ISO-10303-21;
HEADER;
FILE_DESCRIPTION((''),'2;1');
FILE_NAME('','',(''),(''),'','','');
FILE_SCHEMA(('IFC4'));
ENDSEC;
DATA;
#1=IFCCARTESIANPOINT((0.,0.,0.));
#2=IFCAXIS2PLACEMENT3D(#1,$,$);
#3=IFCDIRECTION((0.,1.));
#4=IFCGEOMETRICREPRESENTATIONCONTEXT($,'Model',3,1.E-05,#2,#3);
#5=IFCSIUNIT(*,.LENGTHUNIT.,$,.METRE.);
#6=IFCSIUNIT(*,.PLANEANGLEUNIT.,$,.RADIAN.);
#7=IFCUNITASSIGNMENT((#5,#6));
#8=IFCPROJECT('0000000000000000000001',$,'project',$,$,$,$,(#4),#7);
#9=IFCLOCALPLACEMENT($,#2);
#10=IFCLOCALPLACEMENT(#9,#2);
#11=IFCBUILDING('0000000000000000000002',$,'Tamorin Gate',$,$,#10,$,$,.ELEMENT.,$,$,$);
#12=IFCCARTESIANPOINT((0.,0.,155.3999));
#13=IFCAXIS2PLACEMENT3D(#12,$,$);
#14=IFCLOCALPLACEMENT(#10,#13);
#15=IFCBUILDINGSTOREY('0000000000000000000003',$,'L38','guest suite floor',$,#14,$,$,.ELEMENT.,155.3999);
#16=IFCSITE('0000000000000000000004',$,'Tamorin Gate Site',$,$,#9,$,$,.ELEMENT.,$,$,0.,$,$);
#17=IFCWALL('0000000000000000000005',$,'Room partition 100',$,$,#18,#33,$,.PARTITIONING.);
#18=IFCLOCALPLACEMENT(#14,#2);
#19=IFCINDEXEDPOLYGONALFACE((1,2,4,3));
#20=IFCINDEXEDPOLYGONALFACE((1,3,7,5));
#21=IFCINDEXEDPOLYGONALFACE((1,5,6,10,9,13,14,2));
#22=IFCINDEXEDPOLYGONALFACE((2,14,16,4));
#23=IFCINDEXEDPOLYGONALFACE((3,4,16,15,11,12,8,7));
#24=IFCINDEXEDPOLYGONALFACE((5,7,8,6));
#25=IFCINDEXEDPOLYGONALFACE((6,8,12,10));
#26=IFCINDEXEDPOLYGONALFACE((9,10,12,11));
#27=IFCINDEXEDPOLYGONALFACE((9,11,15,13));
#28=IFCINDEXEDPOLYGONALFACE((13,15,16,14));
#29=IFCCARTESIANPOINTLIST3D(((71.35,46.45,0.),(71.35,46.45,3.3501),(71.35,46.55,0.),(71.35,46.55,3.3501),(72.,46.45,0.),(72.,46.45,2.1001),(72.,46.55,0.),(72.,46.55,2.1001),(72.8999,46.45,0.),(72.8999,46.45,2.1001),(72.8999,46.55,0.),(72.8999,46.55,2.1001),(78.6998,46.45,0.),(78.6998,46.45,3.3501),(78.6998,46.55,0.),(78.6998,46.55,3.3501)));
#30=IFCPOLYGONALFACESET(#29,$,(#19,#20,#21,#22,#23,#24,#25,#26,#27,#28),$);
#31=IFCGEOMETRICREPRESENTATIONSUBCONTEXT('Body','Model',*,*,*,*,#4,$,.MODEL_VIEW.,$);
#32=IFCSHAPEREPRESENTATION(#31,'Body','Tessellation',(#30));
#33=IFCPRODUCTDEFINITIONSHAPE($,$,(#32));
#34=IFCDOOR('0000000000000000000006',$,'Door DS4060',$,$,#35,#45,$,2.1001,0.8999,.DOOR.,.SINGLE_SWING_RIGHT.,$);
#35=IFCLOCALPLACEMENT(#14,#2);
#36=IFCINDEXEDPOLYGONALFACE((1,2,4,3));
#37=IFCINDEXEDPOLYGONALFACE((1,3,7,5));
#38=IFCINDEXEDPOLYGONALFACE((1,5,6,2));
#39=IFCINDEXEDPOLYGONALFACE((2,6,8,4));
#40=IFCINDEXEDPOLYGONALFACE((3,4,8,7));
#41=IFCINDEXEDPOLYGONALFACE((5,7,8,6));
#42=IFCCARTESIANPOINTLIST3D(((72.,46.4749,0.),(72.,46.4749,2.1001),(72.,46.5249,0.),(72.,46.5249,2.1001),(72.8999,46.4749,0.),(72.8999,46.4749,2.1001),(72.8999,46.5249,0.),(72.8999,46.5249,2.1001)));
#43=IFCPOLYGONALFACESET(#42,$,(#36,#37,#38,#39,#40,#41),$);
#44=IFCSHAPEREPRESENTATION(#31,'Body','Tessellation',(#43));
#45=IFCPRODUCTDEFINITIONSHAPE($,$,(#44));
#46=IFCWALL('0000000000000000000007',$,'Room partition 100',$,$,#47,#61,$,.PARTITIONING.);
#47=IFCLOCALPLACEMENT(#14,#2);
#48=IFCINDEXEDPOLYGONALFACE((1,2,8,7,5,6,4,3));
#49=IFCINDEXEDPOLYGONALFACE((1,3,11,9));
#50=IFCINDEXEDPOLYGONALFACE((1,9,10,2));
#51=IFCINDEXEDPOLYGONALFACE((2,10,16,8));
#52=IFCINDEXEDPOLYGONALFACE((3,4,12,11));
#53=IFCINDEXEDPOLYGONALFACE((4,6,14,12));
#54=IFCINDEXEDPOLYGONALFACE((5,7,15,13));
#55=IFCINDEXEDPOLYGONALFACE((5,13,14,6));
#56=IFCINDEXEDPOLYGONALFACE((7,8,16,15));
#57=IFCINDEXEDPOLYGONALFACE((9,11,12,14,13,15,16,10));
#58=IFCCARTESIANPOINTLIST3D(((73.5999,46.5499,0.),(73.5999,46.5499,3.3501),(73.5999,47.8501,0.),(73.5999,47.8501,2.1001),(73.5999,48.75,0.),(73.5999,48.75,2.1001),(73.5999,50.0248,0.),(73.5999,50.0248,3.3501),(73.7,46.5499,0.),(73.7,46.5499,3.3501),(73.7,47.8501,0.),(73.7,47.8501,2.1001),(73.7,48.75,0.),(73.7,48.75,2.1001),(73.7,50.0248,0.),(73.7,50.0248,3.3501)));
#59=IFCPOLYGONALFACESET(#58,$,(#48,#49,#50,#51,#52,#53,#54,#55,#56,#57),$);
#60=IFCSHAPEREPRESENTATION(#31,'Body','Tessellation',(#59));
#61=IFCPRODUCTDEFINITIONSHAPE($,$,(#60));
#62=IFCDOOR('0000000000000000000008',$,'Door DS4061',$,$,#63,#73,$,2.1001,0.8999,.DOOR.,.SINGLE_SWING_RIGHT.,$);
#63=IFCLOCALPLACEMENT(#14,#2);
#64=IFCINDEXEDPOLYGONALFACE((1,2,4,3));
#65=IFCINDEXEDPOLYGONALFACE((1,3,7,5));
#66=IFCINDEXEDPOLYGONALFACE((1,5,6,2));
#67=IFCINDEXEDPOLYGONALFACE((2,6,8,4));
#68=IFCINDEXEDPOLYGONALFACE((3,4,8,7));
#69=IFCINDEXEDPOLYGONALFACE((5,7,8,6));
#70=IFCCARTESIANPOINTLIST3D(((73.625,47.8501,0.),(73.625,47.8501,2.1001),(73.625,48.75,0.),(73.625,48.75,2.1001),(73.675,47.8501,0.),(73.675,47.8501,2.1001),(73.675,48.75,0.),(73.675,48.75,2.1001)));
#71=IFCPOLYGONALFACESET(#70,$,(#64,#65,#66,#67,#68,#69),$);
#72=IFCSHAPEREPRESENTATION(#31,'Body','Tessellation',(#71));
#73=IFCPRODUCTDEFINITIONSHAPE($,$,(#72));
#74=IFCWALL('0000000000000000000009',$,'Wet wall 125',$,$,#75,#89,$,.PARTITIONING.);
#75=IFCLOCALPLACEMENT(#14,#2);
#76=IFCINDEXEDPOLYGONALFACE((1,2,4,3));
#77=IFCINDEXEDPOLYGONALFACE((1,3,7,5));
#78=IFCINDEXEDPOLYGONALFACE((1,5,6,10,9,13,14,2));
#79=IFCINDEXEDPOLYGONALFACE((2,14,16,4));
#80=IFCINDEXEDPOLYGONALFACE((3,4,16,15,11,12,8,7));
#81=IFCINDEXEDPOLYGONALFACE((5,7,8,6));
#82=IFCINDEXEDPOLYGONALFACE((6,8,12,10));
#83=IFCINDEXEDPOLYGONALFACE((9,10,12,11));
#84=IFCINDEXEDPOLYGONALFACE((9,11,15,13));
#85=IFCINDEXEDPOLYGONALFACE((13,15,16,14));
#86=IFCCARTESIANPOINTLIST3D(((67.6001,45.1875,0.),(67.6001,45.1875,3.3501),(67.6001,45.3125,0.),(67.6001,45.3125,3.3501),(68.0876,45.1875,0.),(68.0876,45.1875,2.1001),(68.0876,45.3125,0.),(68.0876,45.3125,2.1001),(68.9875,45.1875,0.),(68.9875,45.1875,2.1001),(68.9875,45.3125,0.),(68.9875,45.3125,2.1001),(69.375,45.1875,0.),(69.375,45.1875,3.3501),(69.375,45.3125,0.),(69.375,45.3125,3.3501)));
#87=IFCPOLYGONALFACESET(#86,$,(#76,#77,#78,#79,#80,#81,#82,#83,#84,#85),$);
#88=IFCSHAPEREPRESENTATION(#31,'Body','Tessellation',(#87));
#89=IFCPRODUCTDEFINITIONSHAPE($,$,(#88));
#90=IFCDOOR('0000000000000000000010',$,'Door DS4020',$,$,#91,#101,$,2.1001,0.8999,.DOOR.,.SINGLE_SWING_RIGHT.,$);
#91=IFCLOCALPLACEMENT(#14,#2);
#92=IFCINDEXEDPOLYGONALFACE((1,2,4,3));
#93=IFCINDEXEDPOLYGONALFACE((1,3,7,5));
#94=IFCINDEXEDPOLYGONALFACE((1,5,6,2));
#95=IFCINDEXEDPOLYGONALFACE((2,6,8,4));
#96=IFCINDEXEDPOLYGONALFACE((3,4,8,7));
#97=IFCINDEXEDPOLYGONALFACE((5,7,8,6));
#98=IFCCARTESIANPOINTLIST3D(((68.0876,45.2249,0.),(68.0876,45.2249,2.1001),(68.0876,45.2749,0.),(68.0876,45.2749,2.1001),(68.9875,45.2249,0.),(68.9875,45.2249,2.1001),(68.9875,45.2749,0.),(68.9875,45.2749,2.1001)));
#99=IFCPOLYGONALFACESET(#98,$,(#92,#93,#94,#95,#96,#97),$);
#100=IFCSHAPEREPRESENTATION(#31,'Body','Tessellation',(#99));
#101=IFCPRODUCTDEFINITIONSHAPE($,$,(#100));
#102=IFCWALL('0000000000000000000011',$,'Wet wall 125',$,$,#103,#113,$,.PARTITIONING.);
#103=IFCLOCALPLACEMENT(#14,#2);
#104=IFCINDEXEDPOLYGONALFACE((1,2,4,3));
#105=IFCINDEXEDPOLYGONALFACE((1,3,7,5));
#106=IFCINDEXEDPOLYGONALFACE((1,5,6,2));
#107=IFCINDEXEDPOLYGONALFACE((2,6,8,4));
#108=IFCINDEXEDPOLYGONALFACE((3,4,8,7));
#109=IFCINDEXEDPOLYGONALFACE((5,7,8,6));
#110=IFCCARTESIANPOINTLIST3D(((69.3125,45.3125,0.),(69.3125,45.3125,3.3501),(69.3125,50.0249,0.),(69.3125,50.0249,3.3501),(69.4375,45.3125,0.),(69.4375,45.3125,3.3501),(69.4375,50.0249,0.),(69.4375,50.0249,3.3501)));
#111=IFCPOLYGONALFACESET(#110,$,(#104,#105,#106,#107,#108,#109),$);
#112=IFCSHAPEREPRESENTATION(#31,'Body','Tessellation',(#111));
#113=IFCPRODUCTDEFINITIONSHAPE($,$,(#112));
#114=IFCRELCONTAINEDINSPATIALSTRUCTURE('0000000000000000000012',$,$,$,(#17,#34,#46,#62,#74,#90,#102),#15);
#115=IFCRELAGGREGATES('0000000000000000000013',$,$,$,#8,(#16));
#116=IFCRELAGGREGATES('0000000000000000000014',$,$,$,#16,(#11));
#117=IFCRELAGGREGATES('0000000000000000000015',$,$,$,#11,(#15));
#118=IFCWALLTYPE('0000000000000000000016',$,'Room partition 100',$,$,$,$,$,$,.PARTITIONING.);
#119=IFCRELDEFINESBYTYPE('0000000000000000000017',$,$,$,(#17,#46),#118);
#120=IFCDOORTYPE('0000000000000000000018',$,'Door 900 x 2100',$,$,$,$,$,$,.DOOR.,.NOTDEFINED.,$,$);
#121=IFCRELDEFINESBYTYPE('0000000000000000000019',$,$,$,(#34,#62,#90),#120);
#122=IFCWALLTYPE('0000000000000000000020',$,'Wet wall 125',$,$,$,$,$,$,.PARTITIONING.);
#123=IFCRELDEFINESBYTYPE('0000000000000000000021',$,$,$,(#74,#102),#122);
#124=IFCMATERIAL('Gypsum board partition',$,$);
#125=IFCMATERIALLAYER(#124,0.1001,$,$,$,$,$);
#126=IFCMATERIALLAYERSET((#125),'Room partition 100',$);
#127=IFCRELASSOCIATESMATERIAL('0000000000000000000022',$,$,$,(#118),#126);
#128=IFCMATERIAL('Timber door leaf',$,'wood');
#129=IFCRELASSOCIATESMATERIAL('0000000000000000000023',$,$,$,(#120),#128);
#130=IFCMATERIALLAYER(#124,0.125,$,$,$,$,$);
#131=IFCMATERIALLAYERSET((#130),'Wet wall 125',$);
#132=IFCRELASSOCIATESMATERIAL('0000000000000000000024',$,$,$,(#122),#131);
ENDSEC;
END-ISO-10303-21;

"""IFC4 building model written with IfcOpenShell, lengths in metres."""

from ifc_helpers import new_model, si_unit, direction, frame, frame_2d, origin, place, context, subcontext, project, spatial, rectangle, extrude, material, layer, layer_set, type_object, element, fill, save


model = new_model("IFC4")

# Units and contexts
model_context = context("Model", 3, precision=1e-05, world=origin(), true_north=direction((0.0, 1.0)))
body_context = subcontext(model_context, "Body", "Model", "MODEL_VIEW")
ifc_project = project(units=[si_unit("LENGTHUNIT", "METRE"), si_unit("PLANEANGLEUNIT", "RADIAN")], contexts=[model_context])

# Site, building, storey
site_placement = place(None, origin())
site = spatial("IfcSite", under=ifc_project, at=site_placement, Name="Tamorin Gate Site", CompositionType="ELEMENT", RefElevation=0.0)
building_placement = place(site_placement, origin())
building = spatial("IfcBuilding", under=site, at=building_placement, Name="Tamorin Gate", CompositionType="ELEMENT")
storey_placement = place(building_placement, frame((0.0, 0.0, 155.3999)))
storey = spatial("IfcBuildingStorey", under=building, at=storey_placement, Name="L38", Description="guest suite floor", CompositionType="ELEMENT", Elevation=155.3999)

# Shared definitions
ifc_material_1 = material(Name="Gypsum board partition")

# Walls, openings, doors
ifc_layer_1 = layer(ifc_material_1, 0.1001)
ifc_layer_set_1 = layer_set([ifc_layer_1], Name="Room partition 100")
wall_type_1 = type_object("IfcWallType", Name="Room partition 100", PredefinedType="PARTITIONING", material=ifc_layer_set_1)
ifc_material_2 = material(Name="Timber door leaf", Category="wood")
door_type = type_object("IfcDoorType", Name="Door 900 x 2100", OperationType="NOTDEFINED", PredefinedType="DOOR", material=ifc_material_2)
wall_1_placement = place(storey_placement, frame((71.3501, 46.5, 0.0), z_axis=(0.0, 0.0, 1.0), x_axis=(1.0, 0.0, 0.0)))
wall_1 = element("IfcWall", 1, at=wall_1_placement, inside=storey, type_object=wall_type_1, Name="Room partition 100", PredefinedType="PARTITIONING", context=body_context, shape_type="SweptSolid", body=[
    extrude(rectangle(XDim=7.3499, YDim=0.1001, at=frame_2d((3.6748, 0.0))), origin(), (0.0, 0.0, 1.0), 3.3501),
])
opening_1_placement = place(wall_1_placement, frame((0.6499, 0.0, 0.0)))
opening_1 = element("IfcOpeningElement", 2, at=opening_1_placement, cuts=wall_1, PredefinedType="OPENING", context=body_context, shape_type="SweptSolid", body=[
    extrude(rectangle(XDim=0.8999, YDim=2.1001, at=frame_2d((0.45, 1.05))), frame((0.0, 0.0601, 0.0), z_axis=(0.0, -1.0, 0.0), x_axis=(1.0, 0.0, 0.0)), (0.0, 0.0, 1.0), 0.1201),
])
door_1_placement = place(opening_1_placement, origin())
door_1 = element("IfcDoor", 3, at=door_1_placement, inside=storey, type_object=door_type, Name="Door DS4060", OperationType="SINGLE_SWING_RIGHT", OverallHeight=2.1001, OverallWidth=0.8999, PredefinedType="DOOR", context=body_context, shape_type="SweptSolid", body=[
    extrude(rectangle(XDim=0.8999, YDim=2.1001, at=frame_2d((0.45, 1.05))), frame((0.0, 0.0249, 0.0), z_axis=(0.0, -1.0, 0.0), x_axis=(1.0, 0.0, 0.0)), (0.0, 0.0, 1.0), 0.05),
])
fill(opening_1, door_1)
wall_2_placement = place(storey_placement, frame((73.6499, 46.55, 0.0), z_axis=(0.0, 0.0, 1.0), x_axis=(0.0, 1.0, 0.0)))
wall_2 = element("IfcWall", 4, at=wall_2_placement, inside=storey, type_object=wall_type_1, Name="Room partition 100", PredefinedType="PARTITIONING", context=body_context, shape_type="SweptSolid", body=[
    extrude(rectangle(XDim=3.4749, YDim=0.1001, at=frame_2d((1.7373, 0.0))), origin(), (0.0, 0.0, 1.0), 3.3501),
])
opening_2_placement = place(wall_2_placement, frame((1.3, 0.0, 0.0)))
opening_2 = element("IfcOpeningElement", 5, at=opening_2_placement, cuts=wall_2, PredefinedType="OPENING", context=body_context, shape_type="SweptSolid", body=[
    extrude(rectangle(XDim=0.8999, YDim=2.1001, at=frame_2d((0.45, 1.05))), frame((0.0, 0.0601, 0.0), z_axis=(0.0, -1.0, 0.0), x_axis=(1.0, 0.0, 0.0)), (0.0, 0.0, 1.0), 0.1201),
])
door_2_placement = place(opening_2_placement, origin())
door_2 = element("IfcDoor", 6, at=door_2_placement, inside=storey, type_object=door_type, Name="Door DS4061", OperationType="SINGLE_SWING_RIGHT", OverallHeight=2.1001, OverallWidth=0.8999, PredefinedType="DOOR", context=body_context, shape_type="SweptSolid", body=[
    extrude(rectangle(XDim=0.8999, YDim=2.1001, at=frame_2d((0.45, 1.05))), frame((0.0, 0.0249, 0.0), z_axis=(0.0, -1.0, 0.0), x_axis=(1.0, 0.0, 0.0)), (0.0, 0.0, 1.0), 0.05),
])
fill(opening_2, door_2)
ifc_layer_2 = layer(ifc_material_1, 0.125)
ifc_layer_set_2 = layer_set([ifc_layer_2], Name="Wet wall 125")
wall_type_2 = type_object("IfcWallType", Name="Wet wall 125", PredefinedType="PARTITIONING", material=ifc_layer_set_2)
wall_3_placement = place(storey_placement, frame((67.6001, 45.25, 0.0), z_axis=(0.0, 0.0, 1.0), x_axis=(1.0, 0.0, 0.0)))
wall_3 = element("IfcWall", 7, at=wall_3_placement, inside=storey, type_object=wall_type_2, Name="Wet wall 125", PredefinedType="PARTITIONING", context=body_context, shape_type="SweptSolid", body=[
    extrude(rectangle(XDim=1.7749, YDim=0.125, at=frame_2d((0.8875, 0.0))), origin(), (0.0, 0.0, 1.0), 3.3501),
])
opening_3_placement = place(wall_3_placement, frame((0.4875, 0.0, 0.0)))
opening_3 = element("IfcOpeningElement", 8, at=opening_3_placement, cuts=wall_3, PredefinedType="OPENING", context=body_context, shape_type="SweptSolid", body=[
    extrude(rectangle(XDim=0.8999, YDim=2.1001, at=frame_2d((0.45, 1.05))), frame((0.0, 0.0725, 0.0), z_axis=(0.0, -1.0, 0.0), x_axis=(1.0, 0.0, 0.0)), (0.0, 0.0, 1.0), 0.145),
])
door_3_placement = place(opening_3_placement, origin())
door_3 = element("IfcDoor", 9, at=door_3_placement, inside=storey, type_object=door_type, Name="Door DS4020", OperationType="SINGLE_SWING_RIGHT", OverallHeight=2.1001, OverallWidth=0.8999, PredefinedType="DOOR", context=body_context, shape_type="SweptSolid", body=[
    extrude(rectangle(XDim=0.8999, YDim=2.1001, at=frame_2d((0.45, 1.05))), frame((0.0, 0.0249, 0.0), z_axis=(0.0, -1.0, 0.0), x_axis=(1.0, 0.0, 0.0)), (0.0, 0.0, 1.0), 0.05),
])
fill(opening_3, door_3)

# Wall
wall_4_placement = place(storey_placement, frame((69.375, 45.3125, 0.0), z_axis=(0.0, 0.0, 1.0), x_axis=(0.0, 1.0, 0.0)))
element("IfcWall", 10, at=wall_4_placement, inside=storey, type_object=wall_type_2, Name="Wet wall 125", PredefinedType="PARTITIONING", context=body_context, shape_type="SweptSolid", body=[
    extrude(rectangle(XDim=4.7124, YDim=0.125, at=frame_2d((2.3562, 0.0))), origin(), (0.0, 0.0, 1.0), 3.3501),
])

save(model, "model.ifc")
